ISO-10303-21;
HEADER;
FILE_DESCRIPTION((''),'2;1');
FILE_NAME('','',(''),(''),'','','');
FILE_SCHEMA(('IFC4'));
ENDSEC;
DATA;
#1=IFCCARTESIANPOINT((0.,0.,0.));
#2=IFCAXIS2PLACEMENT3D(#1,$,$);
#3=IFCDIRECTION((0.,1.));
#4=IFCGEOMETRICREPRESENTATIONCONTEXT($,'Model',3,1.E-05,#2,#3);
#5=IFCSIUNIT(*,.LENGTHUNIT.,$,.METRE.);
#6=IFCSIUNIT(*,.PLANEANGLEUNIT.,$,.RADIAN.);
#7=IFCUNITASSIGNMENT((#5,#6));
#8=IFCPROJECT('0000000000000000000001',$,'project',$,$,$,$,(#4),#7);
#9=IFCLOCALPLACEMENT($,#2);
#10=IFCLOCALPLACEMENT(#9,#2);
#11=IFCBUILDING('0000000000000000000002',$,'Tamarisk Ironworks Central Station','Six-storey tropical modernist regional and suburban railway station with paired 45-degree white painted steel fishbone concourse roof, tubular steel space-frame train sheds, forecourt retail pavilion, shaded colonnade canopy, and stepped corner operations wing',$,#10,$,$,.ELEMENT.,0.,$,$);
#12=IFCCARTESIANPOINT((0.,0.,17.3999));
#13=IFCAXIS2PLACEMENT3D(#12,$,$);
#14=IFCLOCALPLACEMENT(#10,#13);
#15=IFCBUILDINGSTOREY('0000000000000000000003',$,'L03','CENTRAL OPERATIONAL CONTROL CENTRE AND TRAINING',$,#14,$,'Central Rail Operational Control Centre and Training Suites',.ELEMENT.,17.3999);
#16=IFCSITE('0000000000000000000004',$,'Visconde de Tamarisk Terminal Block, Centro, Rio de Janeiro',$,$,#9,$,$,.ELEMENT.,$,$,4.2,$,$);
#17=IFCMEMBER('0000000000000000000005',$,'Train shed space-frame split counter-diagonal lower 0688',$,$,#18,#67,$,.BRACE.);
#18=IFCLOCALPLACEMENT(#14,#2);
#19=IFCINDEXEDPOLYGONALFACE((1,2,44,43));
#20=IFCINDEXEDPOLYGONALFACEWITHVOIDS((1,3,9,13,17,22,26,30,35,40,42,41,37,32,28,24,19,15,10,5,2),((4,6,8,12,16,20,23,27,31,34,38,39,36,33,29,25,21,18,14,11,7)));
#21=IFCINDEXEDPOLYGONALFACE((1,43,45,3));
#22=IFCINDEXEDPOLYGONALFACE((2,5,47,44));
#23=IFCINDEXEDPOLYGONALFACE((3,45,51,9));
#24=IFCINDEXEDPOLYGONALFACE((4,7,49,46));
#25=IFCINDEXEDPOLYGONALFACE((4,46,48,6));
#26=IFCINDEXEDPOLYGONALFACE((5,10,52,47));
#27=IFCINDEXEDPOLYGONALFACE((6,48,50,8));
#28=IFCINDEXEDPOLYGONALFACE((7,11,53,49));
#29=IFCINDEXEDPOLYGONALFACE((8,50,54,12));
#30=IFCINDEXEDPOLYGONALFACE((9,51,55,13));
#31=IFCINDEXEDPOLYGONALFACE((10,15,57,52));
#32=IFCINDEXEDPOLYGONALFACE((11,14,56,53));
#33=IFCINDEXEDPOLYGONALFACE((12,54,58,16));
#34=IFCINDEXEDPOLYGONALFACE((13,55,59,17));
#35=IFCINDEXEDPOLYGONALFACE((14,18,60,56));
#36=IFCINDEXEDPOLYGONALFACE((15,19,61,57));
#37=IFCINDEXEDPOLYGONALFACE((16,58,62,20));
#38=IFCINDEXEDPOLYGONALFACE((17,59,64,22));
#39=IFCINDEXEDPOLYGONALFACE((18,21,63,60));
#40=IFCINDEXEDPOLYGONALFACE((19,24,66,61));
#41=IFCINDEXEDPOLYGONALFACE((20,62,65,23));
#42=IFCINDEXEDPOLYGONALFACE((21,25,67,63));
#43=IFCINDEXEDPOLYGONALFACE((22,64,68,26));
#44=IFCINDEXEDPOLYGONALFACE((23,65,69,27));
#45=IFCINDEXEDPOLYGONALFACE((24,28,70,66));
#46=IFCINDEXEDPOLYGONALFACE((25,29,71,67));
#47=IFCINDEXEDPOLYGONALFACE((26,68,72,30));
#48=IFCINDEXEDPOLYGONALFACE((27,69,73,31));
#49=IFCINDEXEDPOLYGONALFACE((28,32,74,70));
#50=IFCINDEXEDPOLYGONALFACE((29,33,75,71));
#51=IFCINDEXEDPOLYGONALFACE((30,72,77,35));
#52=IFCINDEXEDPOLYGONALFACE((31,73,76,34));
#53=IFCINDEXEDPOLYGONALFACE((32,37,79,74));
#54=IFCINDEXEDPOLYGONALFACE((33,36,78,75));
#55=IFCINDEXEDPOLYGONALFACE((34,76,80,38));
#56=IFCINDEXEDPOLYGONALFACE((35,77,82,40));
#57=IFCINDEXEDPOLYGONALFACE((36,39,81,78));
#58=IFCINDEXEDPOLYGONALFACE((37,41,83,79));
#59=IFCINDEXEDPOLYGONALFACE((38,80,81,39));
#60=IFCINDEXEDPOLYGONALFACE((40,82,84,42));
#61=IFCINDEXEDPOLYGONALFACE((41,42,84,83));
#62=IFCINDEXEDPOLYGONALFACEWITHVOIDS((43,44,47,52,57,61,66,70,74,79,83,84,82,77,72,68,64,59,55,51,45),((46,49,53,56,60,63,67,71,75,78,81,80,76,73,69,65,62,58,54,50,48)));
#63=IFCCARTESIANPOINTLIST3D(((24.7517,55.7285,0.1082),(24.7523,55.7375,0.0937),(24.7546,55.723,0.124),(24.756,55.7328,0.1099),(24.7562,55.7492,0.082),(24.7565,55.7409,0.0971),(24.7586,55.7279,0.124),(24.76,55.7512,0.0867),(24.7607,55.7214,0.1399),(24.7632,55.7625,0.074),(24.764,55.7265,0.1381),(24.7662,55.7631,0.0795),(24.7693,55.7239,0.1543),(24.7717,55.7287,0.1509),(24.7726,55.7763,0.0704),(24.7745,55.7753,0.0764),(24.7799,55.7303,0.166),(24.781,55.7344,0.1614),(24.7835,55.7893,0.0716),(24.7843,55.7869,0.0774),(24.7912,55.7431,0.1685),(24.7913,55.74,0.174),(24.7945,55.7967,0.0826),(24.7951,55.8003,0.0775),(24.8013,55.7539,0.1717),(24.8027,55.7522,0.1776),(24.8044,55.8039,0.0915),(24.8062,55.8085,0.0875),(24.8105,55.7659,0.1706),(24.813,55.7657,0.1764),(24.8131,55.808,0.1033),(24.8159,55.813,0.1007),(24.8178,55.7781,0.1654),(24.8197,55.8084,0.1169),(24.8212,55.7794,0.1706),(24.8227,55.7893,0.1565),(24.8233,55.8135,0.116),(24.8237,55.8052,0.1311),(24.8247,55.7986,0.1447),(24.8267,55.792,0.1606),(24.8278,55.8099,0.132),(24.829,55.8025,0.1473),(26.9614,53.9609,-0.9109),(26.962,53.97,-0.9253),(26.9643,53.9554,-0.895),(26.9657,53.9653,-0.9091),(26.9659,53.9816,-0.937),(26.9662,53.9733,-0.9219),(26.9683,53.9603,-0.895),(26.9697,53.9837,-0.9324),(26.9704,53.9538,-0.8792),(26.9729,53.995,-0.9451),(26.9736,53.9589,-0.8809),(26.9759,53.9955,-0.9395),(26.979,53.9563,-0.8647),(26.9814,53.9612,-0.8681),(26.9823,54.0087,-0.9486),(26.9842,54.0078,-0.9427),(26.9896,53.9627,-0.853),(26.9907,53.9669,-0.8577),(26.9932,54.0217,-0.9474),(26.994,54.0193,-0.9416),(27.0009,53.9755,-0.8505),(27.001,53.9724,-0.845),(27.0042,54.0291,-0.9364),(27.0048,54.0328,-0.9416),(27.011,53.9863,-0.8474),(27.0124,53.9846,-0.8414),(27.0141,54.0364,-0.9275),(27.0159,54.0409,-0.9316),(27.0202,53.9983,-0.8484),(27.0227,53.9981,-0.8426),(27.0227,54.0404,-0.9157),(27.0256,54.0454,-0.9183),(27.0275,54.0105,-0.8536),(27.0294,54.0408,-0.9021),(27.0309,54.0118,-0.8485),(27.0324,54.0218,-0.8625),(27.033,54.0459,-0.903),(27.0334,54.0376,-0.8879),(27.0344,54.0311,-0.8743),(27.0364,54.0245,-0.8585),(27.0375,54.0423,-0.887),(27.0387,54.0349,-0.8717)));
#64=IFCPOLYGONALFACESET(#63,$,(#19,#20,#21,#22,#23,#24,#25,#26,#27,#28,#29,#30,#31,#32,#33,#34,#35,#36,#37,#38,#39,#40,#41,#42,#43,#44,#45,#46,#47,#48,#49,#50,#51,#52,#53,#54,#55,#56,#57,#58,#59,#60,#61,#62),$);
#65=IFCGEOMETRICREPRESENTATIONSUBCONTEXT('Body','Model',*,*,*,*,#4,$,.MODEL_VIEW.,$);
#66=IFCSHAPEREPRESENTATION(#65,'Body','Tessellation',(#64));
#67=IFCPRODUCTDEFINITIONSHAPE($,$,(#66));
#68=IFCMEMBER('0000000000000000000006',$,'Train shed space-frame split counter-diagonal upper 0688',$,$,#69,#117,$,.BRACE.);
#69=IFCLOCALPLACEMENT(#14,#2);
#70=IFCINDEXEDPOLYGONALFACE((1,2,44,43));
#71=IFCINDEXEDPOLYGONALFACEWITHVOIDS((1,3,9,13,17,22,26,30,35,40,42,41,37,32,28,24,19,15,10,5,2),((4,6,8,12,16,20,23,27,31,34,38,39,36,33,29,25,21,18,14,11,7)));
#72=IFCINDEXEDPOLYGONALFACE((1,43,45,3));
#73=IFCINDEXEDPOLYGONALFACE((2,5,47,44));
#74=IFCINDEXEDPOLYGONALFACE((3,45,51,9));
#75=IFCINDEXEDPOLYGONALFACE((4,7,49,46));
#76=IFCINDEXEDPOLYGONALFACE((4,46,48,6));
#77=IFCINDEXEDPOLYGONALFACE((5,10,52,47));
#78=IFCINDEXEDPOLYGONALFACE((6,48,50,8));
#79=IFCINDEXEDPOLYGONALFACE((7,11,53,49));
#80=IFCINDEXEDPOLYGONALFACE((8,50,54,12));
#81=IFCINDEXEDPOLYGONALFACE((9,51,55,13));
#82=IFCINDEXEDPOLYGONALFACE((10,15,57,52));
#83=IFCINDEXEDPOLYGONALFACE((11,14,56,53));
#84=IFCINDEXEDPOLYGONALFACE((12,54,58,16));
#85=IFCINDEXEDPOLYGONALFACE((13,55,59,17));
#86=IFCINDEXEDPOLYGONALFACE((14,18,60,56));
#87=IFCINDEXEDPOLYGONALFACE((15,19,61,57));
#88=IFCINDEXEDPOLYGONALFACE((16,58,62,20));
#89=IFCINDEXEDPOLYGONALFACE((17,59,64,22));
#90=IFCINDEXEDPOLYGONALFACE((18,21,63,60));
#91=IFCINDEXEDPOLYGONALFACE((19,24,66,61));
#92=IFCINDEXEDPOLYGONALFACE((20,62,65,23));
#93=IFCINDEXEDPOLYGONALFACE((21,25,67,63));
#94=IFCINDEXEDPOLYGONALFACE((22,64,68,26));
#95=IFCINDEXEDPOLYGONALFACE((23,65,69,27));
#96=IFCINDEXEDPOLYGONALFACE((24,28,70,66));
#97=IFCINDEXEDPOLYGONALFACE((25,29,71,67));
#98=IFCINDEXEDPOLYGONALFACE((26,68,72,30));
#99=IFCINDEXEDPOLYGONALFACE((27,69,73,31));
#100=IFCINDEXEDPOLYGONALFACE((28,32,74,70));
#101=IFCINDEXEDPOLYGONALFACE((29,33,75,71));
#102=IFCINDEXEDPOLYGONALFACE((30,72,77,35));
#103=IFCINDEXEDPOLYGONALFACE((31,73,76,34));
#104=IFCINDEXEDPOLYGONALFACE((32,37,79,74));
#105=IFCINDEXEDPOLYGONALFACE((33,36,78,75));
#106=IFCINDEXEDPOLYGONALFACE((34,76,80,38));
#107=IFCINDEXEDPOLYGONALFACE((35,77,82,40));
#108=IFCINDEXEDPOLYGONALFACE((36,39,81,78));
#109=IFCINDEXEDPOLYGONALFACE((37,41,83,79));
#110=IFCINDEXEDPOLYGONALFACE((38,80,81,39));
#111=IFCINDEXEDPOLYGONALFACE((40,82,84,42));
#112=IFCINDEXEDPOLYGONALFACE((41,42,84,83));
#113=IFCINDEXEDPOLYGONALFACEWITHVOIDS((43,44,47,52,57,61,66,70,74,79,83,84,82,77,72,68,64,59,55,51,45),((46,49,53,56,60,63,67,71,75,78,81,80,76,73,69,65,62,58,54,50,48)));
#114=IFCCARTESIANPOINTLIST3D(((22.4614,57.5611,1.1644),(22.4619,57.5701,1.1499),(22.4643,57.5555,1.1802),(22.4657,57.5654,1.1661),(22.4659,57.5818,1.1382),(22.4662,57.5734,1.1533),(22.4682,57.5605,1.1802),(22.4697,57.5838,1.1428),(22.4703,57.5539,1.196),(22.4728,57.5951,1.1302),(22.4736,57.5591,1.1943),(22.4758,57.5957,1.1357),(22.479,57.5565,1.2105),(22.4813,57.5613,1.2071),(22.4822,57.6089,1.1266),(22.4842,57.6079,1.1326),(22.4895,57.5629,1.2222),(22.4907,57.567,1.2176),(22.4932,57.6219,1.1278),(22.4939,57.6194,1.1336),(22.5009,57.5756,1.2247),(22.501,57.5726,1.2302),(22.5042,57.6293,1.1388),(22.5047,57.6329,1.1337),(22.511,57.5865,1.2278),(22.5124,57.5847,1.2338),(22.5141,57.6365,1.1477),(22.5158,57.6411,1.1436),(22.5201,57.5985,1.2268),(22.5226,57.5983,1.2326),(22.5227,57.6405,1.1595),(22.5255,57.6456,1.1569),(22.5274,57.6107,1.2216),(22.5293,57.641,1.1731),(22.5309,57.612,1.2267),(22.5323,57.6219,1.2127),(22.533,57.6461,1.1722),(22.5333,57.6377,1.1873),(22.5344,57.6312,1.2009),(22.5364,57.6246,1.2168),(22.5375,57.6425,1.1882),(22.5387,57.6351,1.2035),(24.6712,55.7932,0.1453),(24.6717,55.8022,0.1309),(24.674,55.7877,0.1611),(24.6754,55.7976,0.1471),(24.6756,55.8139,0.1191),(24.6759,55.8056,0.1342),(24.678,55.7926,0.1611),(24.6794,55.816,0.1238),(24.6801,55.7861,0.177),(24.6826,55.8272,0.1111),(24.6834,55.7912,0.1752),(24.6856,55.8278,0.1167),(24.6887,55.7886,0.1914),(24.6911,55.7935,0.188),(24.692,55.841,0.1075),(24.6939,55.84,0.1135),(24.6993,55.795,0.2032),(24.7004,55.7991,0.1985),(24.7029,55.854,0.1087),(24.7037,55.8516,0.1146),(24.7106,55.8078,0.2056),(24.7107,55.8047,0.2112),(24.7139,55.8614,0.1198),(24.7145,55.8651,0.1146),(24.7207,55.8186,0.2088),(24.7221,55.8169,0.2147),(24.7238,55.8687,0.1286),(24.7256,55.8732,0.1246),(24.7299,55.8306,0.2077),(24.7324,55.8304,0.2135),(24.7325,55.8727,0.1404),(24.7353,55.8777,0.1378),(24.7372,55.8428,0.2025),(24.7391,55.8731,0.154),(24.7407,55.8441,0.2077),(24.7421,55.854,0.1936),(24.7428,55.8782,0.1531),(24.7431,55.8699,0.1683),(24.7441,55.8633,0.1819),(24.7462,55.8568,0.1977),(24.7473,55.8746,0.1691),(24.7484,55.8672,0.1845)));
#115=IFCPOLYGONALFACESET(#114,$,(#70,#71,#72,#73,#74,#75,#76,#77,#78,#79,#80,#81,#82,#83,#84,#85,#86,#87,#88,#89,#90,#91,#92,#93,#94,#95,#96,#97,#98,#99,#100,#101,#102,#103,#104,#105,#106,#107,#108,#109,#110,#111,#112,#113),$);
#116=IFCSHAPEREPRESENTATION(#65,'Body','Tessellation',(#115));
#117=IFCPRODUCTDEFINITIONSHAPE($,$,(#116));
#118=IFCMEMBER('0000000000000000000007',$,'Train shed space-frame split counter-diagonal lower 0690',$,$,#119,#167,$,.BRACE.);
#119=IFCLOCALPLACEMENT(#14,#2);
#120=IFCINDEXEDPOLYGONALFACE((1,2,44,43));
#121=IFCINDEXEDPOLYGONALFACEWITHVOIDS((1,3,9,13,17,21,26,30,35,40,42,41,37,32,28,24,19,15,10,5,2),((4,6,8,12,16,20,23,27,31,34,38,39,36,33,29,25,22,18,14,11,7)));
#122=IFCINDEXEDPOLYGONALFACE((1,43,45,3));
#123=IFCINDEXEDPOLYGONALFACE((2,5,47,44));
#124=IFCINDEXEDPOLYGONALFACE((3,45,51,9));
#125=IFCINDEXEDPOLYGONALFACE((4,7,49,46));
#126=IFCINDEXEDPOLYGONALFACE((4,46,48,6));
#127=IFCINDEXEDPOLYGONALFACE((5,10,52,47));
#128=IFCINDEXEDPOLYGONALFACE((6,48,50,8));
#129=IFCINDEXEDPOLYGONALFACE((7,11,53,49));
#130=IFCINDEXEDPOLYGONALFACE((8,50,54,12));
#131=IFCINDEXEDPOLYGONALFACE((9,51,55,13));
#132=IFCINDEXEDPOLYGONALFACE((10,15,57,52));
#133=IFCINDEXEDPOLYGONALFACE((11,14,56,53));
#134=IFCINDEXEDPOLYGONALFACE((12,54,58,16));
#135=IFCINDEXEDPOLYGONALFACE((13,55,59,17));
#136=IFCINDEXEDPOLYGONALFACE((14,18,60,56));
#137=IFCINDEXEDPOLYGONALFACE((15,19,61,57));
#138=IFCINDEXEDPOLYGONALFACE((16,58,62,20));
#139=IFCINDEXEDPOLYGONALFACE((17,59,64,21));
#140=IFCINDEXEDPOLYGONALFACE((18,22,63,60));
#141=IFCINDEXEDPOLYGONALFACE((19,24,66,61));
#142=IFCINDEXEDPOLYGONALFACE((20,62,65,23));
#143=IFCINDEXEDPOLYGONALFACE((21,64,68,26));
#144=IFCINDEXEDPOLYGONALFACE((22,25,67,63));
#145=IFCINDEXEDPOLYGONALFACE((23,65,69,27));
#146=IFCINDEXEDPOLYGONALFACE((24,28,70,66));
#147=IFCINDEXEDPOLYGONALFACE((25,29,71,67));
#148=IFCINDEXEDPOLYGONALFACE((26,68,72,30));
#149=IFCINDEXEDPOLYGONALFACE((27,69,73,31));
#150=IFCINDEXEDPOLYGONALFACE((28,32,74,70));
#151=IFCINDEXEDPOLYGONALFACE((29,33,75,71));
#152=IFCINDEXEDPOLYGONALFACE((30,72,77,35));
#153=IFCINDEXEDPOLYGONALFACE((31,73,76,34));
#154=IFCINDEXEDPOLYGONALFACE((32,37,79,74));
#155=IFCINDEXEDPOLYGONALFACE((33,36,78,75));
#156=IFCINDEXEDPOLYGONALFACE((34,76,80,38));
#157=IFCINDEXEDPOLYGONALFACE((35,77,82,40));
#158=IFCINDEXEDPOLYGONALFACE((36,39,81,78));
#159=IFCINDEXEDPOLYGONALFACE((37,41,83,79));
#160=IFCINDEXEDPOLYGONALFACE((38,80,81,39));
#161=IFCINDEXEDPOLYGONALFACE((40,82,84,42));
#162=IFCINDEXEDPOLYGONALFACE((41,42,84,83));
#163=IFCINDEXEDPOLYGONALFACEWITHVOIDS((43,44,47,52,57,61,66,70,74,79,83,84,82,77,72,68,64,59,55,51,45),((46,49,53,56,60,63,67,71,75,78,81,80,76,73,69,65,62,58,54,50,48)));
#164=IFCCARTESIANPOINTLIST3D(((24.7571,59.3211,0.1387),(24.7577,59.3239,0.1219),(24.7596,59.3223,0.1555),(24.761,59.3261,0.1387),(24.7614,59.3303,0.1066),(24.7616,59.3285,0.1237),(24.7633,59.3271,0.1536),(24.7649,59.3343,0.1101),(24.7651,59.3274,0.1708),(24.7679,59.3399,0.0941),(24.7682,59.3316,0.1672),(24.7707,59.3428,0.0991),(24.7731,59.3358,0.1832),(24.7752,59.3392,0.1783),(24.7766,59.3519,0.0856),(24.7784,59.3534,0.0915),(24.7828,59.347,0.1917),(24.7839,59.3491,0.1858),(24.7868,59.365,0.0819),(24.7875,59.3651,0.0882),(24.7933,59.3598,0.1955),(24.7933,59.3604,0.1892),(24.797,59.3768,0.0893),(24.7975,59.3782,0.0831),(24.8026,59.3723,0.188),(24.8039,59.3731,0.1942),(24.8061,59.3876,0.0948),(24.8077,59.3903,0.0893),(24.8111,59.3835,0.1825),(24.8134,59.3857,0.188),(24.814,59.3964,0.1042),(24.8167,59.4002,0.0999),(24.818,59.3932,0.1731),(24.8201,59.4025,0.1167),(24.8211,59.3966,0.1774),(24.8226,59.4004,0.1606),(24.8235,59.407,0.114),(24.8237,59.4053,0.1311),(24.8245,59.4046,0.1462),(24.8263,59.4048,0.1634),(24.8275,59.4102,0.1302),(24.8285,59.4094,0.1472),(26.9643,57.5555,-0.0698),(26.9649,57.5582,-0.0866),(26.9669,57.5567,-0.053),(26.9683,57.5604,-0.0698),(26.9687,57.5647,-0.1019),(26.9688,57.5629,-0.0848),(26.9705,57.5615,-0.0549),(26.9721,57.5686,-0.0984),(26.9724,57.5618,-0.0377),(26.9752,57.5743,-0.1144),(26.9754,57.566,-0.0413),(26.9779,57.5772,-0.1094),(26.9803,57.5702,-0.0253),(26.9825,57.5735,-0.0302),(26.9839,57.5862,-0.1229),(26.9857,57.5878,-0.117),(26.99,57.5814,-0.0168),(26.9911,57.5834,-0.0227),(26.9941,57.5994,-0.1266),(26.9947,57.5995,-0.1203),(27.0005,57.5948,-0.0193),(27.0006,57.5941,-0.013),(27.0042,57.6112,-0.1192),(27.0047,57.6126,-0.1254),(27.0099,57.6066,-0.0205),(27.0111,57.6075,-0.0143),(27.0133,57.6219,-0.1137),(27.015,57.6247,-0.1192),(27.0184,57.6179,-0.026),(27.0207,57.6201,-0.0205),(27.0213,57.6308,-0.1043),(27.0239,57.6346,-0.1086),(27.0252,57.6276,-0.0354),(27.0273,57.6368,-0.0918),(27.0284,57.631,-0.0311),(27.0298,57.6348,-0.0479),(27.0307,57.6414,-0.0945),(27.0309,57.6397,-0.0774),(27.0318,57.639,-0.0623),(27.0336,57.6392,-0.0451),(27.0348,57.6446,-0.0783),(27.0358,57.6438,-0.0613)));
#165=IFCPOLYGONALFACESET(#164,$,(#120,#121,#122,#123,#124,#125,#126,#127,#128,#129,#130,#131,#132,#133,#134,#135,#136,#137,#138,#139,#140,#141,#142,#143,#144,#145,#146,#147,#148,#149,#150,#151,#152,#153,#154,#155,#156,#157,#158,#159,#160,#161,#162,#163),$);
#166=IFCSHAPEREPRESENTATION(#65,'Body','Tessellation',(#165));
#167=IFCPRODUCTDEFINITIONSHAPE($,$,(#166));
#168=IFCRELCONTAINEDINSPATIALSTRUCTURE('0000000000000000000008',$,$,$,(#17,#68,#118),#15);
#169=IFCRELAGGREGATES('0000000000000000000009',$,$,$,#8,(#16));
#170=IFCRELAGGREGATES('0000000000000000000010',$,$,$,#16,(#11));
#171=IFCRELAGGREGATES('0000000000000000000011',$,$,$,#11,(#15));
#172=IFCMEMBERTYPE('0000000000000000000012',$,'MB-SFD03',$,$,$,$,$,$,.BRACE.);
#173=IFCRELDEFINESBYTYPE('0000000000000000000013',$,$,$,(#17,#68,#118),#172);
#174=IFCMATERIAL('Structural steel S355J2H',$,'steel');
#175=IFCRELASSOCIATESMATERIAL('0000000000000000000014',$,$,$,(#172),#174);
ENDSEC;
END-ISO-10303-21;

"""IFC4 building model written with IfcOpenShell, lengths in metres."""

from ifc_helpers import new_model, si_unit, direction, frame, origin, origin_2d, place, context, subcontext, project, spatial, hollow_circle, extrude, material, material_profile, profile_set, type_object, element, save


model = new_model("IFC4")

# Units and contexts
model_context = context("Model", 3, precision=1e-05, world=origin(), true_north=direction((0.0, 1.0)))
body_context = subcontext(model_context, "Body", "Model", "MODEL_VIEW")
ifc_project = project(units=[si_unit("LENGTHUNIT", "METRE"), si_unit("PLANEANGLEUNIT", "RADIAN")], contexts=[model_context])

# Site, building, storey
site_placement = place(None, origin())
site = spatial("IfcSite", under=ifc_project, at=site_placement, Name="Visconde de Tamarisk Terminal Block, Centro, Rio de Janeiro", CompositionType="ELEMENT", RefElevation=4.2)
building_placement = place(site_placement, origin())
building = spatial("IfcBuilding", under=site, at=building_placement, Name="Tamarisk Ironworks Central Station", Description="Six-storey tropical modernist regional and suburban railway station with paired 45-degree white painted steel fishbone concourse roof, tubular steel space-frame train sheds, forecourt retail pavilion, shaded colonnade canopy, and stepped corner operations wing", CompositionType="ELEMENT", ElevationOfRefHeight=0.0)
storey_placement = place(building_placement, frame((0.0, 0.0, 17.3999)))
storey = spatial("IfcBuildingStorey", under=building, at=storey_placement, Name="L03", Description="CENTRAL OPERATIONAL CONTROL CENTRE AND TRAINING", LongName="Central Rail Operational Control Centre and Training Suites", CompositionType="ELEMENT", Elevation=17.3999)

# Members
ifc_material_1 = material(Name="Structural steel S355J2H", Category="steel")
ifc_material_profile_1 = material_profile(ifc_material_1, hollow_circle(Radius=0.0571, WallThickness=0.0063, at=origin_2d()), Name="CHS 114.3x6.3")
ifc_profile_set_1 = profile_set([ifc_material_profile_1], Name="Structural steel S355J2H")
member_type_1 = type_object("IfcMemberType", Name="MB-SFD03", PredefinedType="BRACE", material=ifc_profile_set_1)
for number, where, z_axis, x_axis, name in (
    (1, (27.0, 54.0, -0.895), (-0.734712, 0.587705, 0.338823), (-0.624653, -0.780902, 0.0), "Train shed space-frame split counter-diagonal lower 0688"),
):
    element("IfcMember", number, at=place(storey_placement, frame(where, z_axis=z_axis, x_axis=x_axis)), inside=storey, type_object=member_type_1, Name=name, PredefinedType="BRACE", context=body_context, shape_type="SweptSolid", body=[
        extrude(hollow_circle(Radius=0.0571, WallThickness=0.0063, at=origin_2d()), origin(), (0.0, 0.0, 1.0), 3.0076),
    ])
member_1_placement = place(storey_placement, frame((24.7097, 55.8323, 0.1611), z_axis=(-0.734677, 0.587758, 0.338807), x_axis=(-0.624706, -0.78086, 0.0)))
element("IfcMember", 2, at=member_1_placement, inside=storey, type_object=member_type_1, Name="Train shed space-frame split counter-diagonal upper 0688", PredefinedType="BRACE", context=body_context, shape_type="SweptSolid", body=[
    extrude(hollow_circle(Radius=0.0571, WallThickness=0.0063, at=origin_2d()), origin(), (0.0, 0.0, 1.0), 3.0078),
])
for number, where, z_axis, x_axis, name in (
    (3, (27.0, 57.6001, -0.0698), (-0.778787, 0.62296, 0.073563), (-0.624653, -0.780903, 0.0), "Train shed space-frame split counter-diagonal lower 0690"),
):
    element("IfcMember", number, at=place(storey_placement, frame(where, z_axis=z_axis, x_axis=x_axis)), inside=storey, type_object=member_type_1, Name=name, PredefinedType="BRACE", context=body_context, shape_type="SweptSolid", body=[
        extrude(hollow_circle(Radius=0.0571, WallThickness=0.0063, at=origin_2d()), origin(), (0.0, 0.0, 1.0), 2.8342),
    ])

save(model, "model.ifc")
